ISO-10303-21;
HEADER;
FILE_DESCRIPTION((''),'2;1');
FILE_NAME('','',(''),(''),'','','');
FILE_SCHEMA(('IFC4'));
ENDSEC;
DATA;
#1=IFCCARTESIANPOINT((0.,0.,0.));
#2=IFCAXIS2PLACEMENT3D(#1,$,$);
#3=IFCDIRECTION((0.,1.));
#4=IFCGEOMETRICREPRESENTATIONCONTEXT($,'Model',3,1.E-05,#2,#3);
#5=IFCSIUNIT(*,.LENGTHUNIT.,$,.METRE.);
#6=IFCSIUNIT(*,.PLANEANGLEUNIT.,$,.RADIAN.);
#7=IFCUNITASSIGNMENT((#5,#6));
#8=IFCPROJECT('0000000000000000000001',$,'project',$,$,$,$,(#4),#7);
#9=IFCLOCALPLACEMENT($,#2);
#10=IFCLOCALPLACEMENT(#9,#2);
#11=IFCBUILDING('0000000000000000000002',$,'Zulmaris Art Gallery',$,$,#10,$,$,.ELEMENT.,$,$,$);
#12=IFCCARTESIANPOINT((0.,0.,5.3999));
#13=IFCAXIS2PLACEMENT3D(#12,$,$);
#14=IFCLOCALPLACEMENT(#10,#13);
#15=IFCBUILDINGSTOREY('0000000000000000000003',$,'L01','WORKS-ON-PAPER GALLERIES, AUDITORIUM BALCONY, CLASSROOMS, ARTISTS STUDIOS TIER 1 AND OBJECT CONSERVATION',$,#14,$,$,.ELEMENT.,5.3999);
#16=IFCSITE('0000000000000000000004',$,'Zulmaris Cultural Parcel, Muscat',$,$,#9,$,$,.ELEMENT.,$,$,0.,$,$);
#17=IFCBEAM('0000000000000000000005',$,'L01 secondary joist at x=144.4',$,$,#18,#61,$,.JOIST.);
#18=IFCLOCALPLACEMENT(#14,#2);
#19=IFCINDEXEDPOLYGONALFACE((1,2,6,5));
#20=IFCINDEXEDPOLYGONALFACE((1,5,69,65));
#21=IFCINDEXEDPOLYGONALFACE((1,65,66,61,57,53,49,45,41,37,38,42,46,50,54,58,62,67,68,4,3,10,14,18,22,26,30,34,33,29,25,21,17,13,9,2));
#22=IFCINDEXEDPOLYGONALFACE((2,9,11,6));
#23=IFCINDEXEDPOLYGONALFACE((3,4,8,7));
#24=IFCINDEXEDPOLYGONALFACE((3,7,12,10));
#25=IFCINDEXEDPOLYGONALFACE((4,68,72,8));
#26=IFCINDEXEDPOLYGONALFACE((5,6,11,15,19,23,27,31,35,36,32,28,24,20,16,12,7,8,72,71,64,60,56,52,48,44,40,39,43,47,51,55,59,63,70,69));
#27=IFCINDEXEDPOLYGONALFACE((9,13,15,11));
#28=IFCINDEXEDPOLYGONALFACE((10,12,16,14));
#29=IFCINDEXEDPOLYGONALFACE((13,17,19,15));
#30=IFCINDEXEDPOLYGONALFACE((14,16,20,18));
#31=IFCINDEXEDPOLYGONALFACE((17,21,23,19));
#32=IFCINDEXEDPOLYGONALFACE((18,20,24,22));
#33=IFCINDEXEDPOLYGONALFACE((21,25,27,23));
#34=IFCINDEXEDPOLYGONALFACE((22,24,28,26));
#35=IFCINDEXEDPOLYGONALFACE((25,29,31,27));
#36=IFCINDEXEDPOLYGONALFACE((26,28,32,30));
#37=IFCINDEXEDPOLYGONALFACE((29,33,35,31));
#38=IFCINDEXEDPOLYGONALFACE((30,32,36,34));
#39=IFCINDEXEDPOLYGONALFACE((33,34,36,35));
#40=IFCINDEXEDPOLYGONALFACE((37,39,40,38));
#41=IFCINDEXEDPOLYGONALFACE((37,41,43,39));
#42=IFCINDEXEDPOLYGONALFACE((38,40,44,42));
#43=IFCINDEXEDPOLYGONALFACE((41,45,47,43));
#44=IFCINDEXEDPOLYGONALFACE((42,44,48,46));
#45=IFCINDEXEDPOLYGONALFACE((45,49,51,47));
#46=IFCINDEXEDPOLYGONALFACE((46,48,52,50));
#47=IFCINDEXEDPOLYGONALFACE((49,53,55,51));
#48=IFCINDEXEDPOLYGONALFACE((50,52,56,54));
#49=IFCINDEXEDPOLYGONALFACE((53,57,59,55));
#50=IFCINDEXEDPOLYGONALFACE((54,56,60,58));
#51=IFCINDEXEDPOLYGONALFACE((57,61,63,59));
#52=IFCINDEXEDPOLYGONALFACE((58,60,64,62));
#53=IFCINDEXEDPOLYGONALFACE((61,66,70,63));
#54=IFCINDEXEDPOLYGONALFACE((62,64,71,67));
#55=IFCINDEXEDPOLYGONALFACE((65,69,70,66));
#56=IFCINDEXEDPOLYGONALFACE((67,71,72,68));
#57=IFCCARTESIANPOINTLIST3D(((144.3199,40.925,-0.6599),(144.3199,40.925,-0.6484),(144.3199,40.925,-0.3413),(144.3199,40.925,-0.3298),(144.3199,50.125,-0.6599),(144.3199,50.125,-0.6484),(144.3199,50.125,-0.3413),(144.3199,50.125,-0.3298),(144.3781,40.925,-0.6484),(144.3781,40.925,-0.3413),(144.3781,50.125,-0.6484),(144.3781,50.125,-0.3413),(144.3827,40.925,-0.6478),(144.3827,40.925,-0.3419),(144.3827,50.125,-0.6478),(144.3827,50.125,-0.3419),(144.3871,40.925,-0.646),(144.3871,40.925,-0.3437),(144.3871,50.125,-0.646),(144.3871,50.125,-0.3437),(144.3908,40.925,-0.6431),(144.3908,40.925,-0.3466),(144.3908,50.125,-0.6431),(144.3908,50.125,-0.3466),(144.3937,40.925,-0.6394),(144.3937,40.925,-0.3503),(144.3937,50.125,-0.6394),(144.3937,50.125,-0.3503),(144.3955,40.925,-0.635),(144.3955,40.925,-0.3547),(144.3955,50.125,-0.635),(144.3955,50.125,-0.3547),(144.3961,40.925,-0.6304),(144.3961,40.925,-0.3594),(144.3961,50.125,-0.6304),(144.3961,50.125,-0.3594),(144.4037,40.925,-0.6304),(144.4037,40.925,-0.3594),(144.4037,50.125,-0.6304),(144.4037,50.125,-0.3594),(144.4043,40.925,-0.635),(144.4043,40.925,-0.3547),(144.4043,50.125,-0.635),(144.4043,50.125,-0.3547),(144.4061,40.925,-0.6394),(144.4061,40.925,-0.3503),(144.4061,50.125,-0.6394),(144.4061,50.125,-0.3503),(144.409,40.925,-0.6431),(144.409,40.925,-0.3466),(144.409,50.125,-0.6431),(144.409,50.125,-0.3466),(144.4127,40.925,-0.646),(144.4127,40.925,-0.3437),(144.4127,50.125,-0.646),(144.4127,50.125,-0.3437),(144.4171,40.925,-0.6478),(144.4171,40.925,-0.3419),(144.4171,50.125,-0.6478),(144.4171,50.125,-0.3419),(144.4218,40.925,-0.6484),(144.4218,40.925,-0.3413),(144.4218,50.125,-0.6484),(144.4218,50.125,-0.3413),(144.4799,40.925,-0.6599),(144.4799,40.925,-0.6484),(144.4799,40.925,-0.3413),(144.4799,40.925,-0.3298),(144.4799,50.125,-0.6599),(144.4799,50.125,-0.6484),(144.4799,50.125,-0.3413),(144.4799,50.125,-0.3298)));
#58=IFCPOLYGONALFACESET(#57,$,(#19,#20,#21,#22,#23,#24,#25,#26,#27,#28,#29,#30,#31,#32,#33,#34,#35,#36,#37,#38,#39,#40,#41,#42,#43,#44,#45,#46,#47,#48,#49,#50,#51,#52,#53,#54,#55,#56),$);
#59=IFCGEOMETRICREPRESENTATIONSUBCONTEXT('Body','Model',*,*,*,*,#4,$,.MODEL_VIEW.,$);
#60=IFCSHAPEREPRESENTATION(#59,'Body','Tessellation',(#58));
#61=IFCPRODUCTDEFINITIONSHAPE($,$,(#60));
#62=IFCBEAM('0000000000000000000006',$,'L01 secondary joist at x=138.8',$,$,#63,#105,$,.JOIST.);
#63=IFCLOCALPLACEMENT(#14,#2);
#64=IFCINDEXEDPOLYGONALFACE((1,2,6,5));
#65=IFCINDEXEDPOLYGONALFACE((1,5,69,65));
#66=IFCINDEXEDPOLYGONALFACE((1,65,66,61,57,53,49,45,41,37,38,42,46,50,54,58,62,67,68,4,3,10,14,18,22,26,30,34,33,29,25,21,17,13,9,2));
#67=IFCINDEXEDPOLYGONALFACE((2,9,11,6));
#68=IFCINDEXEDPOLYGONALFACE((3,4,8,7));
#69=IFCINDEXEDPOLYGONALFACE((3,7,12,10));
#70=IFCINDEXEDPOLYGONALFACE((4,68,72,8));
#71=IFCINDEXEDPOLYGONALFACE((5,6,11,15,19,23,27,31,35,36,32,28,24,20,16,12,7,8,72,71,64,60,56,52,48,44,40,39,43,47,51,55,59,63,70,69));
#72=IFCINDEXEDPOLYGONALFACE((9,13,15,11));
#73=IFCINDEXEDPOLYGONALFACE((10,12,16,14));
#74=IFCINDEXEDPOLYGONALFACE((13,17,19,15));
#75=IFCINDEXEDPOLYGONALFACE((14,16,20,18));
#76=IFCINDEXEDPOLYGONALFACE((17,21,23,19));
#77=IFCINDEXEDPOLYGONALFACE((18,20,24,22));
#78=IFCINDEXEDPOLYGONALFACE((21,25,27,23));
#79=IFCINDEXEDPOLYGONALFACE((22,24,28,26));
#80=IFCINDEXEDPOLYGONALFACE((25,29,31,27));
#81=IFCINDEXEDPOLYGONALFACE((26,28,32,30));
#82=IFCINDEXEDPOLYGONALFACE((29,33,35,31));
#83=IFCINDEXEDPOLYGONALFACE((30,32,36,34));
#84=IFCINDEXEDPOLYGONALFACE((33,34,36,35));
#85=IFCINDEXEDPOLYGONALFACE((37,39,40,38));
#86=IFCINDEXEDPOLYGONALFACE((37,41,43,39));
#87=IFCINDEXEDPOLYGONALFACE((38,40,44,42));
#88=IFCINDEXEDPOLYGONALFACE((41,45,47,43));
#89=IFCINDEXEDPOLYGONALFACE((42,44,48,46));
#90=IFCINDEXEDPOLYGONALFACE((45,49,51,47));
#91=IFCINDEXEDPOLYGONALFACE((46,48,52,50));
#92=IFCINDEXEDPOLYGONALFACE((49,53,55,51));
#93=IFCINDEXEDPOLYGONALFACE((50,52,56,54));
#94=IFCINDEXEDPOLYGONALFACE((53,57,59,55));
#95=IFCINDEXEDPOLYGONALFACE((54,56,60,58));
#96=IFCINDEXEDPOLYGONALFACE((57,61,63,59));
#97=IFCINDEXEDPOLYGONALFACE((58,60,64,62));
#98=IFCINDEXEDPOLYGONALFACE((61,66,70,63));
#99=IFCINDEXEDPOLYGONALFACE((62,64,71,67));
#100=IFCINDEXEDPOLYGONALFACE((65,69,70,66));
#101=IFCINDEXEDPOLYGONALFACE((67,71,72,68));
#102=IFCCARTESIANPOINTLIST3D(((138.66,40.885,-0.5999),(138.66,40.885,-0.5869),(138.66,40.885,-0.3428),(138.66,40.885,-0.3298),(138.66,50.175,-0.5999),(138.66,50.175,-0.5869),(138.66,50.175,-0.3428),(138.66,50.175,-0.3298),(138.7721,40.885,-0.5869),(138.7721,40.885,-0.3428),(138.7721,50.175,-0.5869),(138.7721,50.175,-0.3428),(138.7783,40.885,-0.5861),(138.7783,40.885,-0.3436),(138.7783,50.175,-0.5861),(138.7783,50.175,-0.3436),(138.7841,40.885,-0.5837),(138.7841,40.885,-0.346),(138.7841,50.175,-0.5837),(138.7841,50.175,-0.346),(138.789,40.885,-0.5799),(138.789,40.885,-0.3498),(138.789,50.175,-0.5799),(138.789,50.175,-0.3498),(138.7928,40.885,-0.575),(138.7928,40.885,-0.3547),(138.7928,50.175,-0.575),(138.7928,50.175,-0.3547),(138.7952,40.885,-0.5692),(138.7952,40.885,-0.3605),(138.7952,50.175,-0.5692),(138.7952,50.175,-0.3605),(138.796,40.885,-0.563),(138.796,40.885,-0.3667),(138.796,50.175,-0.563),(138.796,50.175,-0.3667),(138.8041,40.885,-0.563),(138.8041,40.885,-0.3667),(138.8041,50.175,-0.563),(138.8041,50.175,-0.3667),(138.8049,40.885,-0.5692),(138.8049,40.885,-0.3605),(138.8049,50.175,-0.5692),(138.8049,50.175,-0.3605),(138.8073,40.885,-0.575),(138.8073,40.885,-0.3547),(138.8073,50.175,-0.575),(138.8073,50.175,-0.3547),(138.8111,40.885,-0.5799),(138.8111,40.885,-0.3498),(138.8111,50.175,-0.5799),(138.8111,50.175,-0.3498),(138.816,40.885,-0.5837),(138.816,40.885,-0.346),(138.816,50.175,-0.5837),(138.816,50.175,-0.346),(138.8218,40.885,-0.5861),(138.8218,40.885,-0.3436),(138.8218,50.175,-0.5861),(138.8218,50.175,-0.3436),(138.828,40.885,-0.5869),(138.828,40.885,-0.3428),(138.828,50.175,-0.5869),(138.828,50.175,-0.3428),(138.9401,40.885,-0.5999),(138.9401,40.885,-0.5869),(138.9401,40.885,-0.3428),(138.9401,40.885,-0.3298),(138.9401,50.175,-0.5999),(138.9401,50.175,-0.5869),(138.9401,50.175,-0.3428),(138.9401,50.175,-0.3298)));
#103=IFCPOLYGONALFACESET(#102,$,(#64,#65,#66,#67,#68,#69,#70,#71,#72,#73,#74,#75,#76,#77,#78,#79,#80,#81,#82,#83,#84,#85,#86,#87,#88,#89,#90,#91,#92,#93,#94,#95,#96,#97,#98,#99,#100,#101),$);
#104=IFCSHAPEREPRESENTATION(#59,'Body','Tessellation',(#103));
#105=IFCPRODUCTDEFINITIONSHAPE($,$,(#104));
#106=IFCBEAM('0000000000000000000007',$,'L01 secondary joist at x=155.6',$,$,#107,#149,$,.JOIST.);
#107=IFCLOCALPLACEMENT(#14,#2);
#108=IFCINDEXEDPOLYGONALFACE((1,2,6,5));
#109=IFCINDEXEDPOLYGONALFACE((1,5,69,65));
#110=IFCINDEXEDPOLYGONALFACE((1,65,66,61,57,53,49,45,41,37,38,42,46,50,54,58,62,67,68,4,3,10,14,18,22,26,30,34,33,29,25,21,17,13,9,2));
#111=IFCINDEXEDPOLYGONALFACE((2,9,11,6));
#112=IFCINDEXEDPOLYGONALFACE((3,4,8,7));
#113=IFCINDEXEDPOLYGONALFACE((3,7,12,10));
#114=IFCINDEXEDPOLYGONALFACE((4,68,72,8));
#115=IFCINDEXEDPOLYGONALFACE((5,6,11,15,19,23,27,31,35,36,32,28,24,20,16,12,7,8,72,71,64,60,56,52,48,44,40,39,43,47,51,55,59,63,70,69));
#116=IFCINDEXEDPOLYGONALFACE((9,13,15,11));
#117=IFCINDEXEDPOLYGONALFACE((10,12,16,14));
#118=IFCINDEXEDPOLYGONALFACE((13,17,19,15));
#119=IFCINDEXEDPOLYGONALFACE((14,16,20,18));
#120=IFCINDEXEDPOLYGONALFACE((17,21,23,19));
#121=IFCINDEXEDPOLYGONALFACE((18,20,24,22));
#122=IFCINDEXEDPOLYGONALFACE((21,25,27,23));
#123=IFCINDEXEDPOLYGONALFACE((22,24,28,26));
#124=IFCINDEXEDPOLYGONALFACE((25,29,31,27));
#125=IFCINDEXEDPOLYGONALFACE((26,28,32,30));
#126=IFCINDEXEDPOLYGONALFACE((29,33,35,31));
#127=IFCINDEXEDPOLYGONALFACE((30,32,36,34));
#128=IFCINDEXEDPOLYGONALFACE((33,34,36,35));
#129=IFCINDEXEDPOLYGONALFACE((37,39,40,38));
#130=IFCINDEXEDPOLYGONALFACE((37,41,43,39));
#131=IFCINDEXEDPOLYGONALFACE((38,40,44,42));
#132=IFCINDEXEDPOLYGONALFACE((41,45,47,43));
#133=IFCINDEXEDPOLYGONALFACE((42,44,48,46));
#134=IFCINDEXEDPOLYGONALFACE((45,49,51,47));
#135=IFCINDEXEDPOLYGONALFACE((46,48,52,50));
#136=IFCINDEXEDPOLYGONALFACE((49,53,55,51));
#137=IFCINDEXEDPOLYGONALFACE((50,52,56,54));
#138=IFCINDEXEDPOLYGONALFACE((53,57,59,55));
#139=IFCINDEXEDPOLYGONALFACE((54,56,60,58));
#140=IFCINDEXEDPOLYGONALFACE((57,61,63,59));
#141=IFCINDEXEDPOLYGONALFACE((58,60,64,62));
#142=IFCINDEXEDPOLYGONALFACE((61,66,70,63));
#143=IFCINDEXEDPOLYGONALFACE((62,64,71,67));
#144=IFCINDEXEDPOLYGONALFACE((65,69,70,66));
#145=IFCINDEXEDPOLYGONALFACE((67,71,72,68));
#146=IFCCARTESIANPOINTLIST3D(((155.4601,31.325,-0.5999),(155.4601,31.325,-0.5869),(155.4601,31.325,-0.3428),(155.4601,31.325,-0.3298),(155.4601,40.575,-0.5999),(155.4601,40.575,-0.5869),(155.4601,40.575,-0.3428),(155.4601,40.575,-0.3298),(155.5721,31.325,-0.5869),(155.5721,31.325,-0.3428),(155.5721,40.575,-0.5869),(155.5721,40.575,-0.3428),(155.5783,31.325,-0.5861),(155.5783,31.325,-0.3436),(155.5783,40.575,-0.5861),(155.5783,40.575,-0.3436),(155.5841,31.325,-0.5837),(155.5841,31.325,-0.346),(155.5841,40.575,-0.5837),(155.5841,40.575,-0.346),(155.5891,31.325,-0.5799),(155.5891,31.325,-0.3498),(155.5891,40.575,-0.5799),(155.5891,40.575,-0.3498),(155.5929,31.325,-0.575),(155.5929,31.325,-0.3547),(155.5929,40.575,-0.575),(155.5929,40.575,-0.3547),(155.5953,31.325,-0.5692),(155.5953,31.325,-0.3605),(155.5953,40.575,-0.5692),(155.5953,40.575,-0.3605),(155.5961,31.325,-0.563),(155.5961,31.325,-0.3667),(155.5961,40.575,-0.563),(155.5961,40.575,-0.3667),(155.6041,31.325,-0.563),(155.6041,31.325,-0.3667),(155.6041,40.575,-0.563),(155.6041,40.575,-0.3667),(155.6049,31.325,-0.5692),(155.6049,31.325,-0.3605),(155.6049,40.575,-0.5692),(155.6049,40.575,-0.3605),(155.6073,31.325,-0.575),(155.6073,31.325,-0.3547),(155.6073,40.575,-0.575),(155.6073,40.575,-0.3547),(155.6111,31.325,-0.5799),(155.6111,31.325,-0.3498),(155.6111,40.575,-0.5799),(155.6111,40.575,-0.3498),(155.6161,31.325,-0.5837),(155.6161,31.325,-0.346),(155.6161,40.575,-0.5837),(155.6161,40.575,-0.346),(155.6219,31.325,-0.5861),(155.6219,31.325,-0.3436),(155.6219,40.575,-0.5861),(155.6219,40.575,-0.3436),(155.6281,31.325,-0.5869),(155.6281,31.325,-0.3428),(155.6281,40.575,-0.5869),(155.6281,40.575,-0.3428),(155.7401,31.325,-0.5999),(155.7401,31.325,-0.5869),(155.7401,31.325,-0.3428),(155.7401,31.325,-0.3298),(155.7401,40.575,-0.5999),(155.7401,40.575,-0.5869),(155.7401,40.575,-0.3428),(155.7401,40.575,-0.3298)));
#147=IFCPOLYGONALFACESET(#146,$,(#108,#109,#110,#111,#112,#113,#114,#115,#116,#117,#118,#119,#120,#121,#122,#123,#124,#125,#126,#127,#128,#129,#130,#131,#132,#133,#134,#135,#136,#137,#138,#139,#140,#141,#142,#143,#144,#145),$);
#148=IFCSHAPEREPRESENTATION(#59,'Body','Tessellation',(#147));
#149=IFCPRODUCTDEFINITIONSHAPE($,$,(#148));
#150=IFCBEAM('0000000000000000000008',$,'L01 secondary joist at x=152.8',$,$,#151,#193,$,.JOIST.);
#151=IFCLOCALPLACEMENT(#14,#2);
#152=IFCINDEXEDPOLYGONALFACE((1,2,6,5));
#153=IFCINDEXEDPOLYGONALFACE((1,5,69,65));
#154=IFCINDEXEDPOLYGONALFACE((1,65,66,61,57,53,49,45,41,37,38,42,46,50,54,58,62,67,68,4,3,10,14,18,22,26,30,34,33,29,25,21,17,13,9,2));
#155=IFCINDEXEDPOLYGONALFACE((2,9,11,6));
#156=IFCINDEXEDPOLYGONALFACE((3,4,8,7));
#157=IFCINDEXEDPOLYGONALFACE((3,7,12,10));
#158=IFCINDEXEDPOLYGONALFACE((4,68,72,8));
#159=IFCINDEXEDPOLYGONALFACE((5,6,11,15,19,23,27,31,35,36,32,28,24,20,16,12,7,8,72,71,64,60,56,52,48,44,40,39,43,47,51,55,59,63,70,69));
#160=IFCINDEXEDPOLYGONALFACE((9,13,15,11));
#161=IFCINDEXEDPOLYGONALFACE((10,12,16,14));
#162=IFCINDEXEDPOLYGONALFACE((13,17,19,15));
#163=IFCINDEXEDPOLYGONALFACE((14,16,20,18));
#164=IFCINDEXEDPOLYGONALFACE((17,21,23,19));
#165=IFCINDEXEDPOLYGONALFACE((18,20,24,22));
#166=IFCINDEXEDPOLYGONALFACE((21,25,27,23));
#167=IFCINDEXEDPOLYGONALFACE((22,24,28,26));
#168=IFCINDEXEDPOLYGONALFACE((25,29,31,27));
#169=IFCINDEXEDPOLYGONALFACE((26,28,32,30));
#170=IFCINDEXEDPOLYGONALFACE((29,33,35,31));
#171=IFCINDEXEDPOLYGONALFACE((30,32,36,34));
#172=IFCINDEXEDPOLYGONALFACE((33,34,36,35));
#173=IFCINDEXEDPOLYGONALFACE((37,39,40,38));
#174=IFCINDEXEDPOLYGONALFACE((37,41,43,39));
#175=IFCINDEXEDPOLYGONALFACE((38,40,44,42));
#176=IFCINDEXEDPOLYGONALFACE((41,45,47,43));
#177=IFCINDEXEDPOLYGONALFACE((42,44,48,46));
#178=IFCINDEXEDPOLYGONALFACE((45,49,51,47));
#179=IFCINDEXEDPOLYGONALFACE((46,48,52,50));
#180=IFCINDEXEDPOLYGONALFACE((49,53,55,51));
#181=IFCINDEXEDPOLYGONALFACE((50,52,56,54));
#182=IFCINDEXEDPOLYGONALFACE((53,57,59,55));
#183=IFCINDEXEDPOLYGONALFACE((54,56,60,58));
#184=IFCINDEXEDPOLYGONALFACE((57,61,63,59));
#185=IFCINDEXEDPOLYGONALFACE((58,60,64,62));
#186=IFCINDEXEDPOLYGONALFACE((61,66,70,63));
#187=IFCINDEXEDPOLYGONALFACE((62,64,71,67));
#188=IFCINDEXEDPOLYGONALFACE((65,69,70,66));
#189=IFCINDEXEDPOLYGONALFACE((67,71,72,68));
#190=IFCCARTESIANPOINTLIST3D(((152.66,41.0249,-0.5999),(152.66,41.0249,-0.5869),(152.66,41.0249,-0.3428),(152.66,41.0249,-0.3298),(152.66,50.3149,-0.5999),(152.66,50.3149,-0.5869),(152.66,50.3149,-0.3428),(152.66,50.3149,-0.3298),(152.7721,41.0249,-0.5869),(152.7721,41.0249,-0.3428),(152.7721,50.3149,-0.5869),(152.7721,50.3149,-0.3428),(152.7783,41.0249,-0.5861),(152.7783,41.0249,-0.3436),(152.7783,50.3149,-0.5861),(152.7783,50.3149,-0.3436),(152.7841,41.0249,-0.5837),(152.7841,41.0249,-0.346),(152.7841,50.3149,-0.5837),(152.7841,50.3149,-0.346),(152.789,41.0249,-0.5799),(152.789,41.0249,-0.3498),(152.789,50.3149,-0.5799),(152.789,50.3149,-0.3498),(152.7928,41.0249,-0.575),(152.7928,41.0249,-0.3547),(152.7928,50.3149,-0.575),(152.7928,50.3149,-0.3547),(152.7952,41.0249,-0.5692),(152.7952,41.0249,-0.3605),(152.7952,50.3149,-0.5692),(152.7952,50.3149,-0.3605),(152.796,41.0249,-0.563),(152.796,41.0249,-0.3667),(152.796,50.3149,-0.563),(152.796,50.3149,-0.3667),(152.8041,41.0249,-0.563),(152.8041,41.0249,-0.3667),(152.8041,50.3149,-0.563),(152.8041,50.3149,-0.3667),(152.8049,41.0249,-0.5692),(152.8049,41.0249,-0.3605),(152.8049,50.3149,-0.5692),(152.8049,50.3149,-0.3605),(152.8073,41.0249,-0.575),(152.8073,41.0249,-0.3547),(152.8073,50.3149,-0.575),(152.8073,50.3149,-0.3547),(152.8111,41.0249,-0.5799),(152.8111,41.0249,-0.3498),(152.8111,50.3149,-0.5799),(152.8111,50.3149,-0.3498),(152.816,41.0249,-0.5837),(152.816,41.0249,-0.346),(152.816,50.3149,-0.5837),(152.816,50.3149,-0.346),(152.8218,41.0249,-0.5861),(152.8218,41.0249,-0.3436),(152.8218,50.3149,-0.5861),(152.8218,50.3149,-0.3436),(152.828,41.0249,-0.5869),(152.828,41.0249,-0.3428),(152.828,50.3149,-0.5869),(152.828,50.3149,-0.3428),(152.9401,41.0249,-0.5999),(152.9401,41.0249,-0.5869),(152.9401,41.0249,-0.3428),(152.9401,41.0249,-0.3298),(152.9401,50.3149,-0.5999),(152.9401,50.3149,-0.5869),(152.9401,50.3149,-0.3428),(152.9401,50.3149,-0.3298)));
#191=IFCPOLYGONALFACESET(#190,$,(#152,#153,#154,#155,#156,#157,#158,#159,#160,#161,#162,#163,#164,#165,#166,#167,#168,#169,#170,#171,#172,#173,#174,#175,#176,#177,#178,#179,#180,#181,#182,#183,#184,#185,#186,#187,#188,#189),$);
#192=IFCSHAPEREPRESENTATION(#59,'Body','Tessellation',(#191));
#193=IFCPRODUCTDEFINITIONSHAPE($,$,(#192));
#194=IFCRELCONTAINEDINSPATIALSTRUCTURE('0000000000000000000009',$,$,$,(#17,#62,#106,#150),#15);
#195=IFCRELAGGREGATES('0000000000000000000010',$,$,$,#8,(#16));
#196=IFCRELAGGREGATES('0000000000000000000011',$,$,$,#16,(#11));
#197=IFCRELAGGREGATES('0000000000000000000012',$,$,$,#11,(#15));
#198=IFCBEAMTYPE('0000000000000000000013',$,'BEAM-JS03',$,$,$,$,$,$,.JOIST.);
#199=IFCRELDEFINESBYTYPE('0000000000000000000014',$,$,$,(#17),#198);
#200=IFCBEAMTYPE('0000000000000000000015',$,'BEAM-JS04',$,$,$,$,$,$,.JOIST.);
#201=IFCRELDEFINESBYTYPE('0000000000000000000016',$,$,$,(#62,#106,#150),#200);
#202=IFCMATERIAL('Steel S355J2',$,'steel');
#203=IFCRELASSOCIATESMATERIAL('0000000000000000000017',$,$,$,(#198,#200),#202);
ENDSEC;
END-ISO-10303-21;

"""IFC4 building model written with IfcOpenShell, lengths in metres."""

from ifc_helpers import new_model, si_unit, direction, frame, origin, origin_2d, place, context, subcontext, project, spatial, i_section, extrude, material, material_profile, profile_set, type_object, element, save


model = new_model("IFC4")

# Units and contexts
model_context = context("Model", 3, precision=1e-05, world=origin(), true_north=direction((0.0, 1.0)))
body_context = subcontext(model_context, "Body", "Model", "MODEL_VIEW")
ifc_project = project(units=[si_unit("LENGTHUNIT", "METRE"), si_unit("PLANEANGLEUNIT", "RADIAN")], contexts=[model_context])

# Site, building, storey
site_placement = place(None, origin())
site = spatial("IfcSite", under=ifc_project, at=site_placement, Name="Zulmaris Cultural Parcel, Muscat", CompositionType="ELEMENT", RefElevation=0.0)
building_placement = place(site_placement, origin())
building = spatial("IfcBuilding", under=site, at=building_placement, Name="Zulmaris Art Gallery", CompositionType="ELEMENT")
storey_placement = place(building_placement, frame((0.0, 0.0, 5.3999)))
storey = spatial("IfcBuildingStorey", under=building, at=storey_placement, Name="L01", Description="WORKS-ON-PAPER GALLERIES, AUDITORIUM BALCONY, CLASSROOMS, ARTISTS STUDIOS TIER 1 AND OBJECT CONSERVATION", CompositionType="ELEMENT", Elevation=5.3999)

# Beams
ifc_material_1 = material(Name="Steel S355J2", Category="steel")
ifc_material_profile_1 = material_profile(ifc_material_1, i_section(OverallWidth=0.1599, OverallDepth=0.3301, WebThickness=0.0076, FlangeThickness=0.0115, FilletRadius=0.0181, at=origin_2d()), Name="IPE 330")
ifc_profile_set_1 = profile_set([ifc_material_profile_1], Name="Steel S355J2")
beam_type_1 = type_object("IfcBeamType", Name="BEAM-JS03", PredefinedType="JOIST", material=ifc_profile_set_1)
beam_1_placement = place(storey_placement, frame((144.3999, 40.925, -0.4949), z_axis=(0.0, 1.0, 0.0), x_axis=(-1.0, 0.0, 0.0)))
element("IfcBeam", 1, at=beam_1_placement, inside=storey, type_object=beam_type_1, Name="L01 secondary joist at x=144.4", PredefinedType="JOIST", context=body_context, shape_type="SweptSolid", body=[
    extrude(i_section(OverallWidth=0.1599, OverallDepth=0.3301, WebThickness=0.0076, FlangeThickness=0.0115, FilletRadius=0.0181, at=origin_2d()), origin(), (0.0, 0.0, 1.0), 9.2),
])
ifc_material_profile_2 = material_profile(ifc_material_1, i_section(OverallWidth=0.28, OverallDepth=0.27, WebThickness=0.0081, FlangeThickness=0.0129, FilletRadius=0.0239, at=origin_2d()), Name="HEA 280")
ifc_profile_set_2 = profile_set([ifc_material_profile_2], Name="Steel S355J2")
beam_type_2 = type_object("IfcBeamType", Name="BEAM-JS04", PredefinedType="JOIST", material=ifc_profile_set_2)
beam_2_placement = place(storey_placement, frame((138.8, 40.885, -0.4648), z_axis=(0.0, 1.0, 0.0), x_axis=(-1.0, 0.0, 0.0)))
element("IfcBeam", 2, at=beam_2_placement, inside=storey, type_object=beam_type_2, Name="L01 secondary joist at x=138.8", PredefinedType="JOIST", context=body_context, shape_type="SweptSolid", body=[
    extrude(i_section(OverallWidth=0.28, OverallDepth=0.27, WebThickness=0.0081, FlangeThickness=0.0129, FilletRadius=0.0239, at=origin_2d()), origin(), (0.0, 0.0, 1.0), 9.29),
])
beam_3_placement = place(storey_placement, frame((155.6001, 31.325, -0.4648), z_axis=(0.0, 1.0, 0.0), x_axis=(-1.0, 0.0, 0.0)))
element("IfcBeam", 3, at=beam_3_placement, inside=storey, type_object=beam_type_2, Name="L01 secondary joist at x=155.6", PredefinedType="JOIST", context=body_context, shape_type="SweptSolid", body=[
    extrude(i_section(OverallWidth=0.28, OverallDepth=0.27, WebThickness=0.0081, FlangeThickness=0.0129, FilletRadius=0.0239, at=origin_2d()), origin(), (0.0, 0.0, 1.0), 9.25),
])
beam_4_placement = place(storey_placement, frame((152.8, 41.0249, -0.4648), z_axis=(0.0, 1.0, 0.0), x_axis=(-1.0, 0.0, 0.0)))
element("IfcBeam", 4, at=beam_4_placement, inside=storey, type_object=beam_type_2, Name="L01 secondary joist at x=152.8", PredefinedType="JOIST", context=body_context, shape_type="SweptSolid", body=[
    extrude(i_section(OverallWidth=0.28, OverallDepth=0.27, WebThickness=0.0081, FlangeThickness=0.0129, FilletRadius=0.0239, at=origin_2d()), origin(), (0.0, 0.0, 1.0), 9.29),
])

save(model, "model.ifc")
